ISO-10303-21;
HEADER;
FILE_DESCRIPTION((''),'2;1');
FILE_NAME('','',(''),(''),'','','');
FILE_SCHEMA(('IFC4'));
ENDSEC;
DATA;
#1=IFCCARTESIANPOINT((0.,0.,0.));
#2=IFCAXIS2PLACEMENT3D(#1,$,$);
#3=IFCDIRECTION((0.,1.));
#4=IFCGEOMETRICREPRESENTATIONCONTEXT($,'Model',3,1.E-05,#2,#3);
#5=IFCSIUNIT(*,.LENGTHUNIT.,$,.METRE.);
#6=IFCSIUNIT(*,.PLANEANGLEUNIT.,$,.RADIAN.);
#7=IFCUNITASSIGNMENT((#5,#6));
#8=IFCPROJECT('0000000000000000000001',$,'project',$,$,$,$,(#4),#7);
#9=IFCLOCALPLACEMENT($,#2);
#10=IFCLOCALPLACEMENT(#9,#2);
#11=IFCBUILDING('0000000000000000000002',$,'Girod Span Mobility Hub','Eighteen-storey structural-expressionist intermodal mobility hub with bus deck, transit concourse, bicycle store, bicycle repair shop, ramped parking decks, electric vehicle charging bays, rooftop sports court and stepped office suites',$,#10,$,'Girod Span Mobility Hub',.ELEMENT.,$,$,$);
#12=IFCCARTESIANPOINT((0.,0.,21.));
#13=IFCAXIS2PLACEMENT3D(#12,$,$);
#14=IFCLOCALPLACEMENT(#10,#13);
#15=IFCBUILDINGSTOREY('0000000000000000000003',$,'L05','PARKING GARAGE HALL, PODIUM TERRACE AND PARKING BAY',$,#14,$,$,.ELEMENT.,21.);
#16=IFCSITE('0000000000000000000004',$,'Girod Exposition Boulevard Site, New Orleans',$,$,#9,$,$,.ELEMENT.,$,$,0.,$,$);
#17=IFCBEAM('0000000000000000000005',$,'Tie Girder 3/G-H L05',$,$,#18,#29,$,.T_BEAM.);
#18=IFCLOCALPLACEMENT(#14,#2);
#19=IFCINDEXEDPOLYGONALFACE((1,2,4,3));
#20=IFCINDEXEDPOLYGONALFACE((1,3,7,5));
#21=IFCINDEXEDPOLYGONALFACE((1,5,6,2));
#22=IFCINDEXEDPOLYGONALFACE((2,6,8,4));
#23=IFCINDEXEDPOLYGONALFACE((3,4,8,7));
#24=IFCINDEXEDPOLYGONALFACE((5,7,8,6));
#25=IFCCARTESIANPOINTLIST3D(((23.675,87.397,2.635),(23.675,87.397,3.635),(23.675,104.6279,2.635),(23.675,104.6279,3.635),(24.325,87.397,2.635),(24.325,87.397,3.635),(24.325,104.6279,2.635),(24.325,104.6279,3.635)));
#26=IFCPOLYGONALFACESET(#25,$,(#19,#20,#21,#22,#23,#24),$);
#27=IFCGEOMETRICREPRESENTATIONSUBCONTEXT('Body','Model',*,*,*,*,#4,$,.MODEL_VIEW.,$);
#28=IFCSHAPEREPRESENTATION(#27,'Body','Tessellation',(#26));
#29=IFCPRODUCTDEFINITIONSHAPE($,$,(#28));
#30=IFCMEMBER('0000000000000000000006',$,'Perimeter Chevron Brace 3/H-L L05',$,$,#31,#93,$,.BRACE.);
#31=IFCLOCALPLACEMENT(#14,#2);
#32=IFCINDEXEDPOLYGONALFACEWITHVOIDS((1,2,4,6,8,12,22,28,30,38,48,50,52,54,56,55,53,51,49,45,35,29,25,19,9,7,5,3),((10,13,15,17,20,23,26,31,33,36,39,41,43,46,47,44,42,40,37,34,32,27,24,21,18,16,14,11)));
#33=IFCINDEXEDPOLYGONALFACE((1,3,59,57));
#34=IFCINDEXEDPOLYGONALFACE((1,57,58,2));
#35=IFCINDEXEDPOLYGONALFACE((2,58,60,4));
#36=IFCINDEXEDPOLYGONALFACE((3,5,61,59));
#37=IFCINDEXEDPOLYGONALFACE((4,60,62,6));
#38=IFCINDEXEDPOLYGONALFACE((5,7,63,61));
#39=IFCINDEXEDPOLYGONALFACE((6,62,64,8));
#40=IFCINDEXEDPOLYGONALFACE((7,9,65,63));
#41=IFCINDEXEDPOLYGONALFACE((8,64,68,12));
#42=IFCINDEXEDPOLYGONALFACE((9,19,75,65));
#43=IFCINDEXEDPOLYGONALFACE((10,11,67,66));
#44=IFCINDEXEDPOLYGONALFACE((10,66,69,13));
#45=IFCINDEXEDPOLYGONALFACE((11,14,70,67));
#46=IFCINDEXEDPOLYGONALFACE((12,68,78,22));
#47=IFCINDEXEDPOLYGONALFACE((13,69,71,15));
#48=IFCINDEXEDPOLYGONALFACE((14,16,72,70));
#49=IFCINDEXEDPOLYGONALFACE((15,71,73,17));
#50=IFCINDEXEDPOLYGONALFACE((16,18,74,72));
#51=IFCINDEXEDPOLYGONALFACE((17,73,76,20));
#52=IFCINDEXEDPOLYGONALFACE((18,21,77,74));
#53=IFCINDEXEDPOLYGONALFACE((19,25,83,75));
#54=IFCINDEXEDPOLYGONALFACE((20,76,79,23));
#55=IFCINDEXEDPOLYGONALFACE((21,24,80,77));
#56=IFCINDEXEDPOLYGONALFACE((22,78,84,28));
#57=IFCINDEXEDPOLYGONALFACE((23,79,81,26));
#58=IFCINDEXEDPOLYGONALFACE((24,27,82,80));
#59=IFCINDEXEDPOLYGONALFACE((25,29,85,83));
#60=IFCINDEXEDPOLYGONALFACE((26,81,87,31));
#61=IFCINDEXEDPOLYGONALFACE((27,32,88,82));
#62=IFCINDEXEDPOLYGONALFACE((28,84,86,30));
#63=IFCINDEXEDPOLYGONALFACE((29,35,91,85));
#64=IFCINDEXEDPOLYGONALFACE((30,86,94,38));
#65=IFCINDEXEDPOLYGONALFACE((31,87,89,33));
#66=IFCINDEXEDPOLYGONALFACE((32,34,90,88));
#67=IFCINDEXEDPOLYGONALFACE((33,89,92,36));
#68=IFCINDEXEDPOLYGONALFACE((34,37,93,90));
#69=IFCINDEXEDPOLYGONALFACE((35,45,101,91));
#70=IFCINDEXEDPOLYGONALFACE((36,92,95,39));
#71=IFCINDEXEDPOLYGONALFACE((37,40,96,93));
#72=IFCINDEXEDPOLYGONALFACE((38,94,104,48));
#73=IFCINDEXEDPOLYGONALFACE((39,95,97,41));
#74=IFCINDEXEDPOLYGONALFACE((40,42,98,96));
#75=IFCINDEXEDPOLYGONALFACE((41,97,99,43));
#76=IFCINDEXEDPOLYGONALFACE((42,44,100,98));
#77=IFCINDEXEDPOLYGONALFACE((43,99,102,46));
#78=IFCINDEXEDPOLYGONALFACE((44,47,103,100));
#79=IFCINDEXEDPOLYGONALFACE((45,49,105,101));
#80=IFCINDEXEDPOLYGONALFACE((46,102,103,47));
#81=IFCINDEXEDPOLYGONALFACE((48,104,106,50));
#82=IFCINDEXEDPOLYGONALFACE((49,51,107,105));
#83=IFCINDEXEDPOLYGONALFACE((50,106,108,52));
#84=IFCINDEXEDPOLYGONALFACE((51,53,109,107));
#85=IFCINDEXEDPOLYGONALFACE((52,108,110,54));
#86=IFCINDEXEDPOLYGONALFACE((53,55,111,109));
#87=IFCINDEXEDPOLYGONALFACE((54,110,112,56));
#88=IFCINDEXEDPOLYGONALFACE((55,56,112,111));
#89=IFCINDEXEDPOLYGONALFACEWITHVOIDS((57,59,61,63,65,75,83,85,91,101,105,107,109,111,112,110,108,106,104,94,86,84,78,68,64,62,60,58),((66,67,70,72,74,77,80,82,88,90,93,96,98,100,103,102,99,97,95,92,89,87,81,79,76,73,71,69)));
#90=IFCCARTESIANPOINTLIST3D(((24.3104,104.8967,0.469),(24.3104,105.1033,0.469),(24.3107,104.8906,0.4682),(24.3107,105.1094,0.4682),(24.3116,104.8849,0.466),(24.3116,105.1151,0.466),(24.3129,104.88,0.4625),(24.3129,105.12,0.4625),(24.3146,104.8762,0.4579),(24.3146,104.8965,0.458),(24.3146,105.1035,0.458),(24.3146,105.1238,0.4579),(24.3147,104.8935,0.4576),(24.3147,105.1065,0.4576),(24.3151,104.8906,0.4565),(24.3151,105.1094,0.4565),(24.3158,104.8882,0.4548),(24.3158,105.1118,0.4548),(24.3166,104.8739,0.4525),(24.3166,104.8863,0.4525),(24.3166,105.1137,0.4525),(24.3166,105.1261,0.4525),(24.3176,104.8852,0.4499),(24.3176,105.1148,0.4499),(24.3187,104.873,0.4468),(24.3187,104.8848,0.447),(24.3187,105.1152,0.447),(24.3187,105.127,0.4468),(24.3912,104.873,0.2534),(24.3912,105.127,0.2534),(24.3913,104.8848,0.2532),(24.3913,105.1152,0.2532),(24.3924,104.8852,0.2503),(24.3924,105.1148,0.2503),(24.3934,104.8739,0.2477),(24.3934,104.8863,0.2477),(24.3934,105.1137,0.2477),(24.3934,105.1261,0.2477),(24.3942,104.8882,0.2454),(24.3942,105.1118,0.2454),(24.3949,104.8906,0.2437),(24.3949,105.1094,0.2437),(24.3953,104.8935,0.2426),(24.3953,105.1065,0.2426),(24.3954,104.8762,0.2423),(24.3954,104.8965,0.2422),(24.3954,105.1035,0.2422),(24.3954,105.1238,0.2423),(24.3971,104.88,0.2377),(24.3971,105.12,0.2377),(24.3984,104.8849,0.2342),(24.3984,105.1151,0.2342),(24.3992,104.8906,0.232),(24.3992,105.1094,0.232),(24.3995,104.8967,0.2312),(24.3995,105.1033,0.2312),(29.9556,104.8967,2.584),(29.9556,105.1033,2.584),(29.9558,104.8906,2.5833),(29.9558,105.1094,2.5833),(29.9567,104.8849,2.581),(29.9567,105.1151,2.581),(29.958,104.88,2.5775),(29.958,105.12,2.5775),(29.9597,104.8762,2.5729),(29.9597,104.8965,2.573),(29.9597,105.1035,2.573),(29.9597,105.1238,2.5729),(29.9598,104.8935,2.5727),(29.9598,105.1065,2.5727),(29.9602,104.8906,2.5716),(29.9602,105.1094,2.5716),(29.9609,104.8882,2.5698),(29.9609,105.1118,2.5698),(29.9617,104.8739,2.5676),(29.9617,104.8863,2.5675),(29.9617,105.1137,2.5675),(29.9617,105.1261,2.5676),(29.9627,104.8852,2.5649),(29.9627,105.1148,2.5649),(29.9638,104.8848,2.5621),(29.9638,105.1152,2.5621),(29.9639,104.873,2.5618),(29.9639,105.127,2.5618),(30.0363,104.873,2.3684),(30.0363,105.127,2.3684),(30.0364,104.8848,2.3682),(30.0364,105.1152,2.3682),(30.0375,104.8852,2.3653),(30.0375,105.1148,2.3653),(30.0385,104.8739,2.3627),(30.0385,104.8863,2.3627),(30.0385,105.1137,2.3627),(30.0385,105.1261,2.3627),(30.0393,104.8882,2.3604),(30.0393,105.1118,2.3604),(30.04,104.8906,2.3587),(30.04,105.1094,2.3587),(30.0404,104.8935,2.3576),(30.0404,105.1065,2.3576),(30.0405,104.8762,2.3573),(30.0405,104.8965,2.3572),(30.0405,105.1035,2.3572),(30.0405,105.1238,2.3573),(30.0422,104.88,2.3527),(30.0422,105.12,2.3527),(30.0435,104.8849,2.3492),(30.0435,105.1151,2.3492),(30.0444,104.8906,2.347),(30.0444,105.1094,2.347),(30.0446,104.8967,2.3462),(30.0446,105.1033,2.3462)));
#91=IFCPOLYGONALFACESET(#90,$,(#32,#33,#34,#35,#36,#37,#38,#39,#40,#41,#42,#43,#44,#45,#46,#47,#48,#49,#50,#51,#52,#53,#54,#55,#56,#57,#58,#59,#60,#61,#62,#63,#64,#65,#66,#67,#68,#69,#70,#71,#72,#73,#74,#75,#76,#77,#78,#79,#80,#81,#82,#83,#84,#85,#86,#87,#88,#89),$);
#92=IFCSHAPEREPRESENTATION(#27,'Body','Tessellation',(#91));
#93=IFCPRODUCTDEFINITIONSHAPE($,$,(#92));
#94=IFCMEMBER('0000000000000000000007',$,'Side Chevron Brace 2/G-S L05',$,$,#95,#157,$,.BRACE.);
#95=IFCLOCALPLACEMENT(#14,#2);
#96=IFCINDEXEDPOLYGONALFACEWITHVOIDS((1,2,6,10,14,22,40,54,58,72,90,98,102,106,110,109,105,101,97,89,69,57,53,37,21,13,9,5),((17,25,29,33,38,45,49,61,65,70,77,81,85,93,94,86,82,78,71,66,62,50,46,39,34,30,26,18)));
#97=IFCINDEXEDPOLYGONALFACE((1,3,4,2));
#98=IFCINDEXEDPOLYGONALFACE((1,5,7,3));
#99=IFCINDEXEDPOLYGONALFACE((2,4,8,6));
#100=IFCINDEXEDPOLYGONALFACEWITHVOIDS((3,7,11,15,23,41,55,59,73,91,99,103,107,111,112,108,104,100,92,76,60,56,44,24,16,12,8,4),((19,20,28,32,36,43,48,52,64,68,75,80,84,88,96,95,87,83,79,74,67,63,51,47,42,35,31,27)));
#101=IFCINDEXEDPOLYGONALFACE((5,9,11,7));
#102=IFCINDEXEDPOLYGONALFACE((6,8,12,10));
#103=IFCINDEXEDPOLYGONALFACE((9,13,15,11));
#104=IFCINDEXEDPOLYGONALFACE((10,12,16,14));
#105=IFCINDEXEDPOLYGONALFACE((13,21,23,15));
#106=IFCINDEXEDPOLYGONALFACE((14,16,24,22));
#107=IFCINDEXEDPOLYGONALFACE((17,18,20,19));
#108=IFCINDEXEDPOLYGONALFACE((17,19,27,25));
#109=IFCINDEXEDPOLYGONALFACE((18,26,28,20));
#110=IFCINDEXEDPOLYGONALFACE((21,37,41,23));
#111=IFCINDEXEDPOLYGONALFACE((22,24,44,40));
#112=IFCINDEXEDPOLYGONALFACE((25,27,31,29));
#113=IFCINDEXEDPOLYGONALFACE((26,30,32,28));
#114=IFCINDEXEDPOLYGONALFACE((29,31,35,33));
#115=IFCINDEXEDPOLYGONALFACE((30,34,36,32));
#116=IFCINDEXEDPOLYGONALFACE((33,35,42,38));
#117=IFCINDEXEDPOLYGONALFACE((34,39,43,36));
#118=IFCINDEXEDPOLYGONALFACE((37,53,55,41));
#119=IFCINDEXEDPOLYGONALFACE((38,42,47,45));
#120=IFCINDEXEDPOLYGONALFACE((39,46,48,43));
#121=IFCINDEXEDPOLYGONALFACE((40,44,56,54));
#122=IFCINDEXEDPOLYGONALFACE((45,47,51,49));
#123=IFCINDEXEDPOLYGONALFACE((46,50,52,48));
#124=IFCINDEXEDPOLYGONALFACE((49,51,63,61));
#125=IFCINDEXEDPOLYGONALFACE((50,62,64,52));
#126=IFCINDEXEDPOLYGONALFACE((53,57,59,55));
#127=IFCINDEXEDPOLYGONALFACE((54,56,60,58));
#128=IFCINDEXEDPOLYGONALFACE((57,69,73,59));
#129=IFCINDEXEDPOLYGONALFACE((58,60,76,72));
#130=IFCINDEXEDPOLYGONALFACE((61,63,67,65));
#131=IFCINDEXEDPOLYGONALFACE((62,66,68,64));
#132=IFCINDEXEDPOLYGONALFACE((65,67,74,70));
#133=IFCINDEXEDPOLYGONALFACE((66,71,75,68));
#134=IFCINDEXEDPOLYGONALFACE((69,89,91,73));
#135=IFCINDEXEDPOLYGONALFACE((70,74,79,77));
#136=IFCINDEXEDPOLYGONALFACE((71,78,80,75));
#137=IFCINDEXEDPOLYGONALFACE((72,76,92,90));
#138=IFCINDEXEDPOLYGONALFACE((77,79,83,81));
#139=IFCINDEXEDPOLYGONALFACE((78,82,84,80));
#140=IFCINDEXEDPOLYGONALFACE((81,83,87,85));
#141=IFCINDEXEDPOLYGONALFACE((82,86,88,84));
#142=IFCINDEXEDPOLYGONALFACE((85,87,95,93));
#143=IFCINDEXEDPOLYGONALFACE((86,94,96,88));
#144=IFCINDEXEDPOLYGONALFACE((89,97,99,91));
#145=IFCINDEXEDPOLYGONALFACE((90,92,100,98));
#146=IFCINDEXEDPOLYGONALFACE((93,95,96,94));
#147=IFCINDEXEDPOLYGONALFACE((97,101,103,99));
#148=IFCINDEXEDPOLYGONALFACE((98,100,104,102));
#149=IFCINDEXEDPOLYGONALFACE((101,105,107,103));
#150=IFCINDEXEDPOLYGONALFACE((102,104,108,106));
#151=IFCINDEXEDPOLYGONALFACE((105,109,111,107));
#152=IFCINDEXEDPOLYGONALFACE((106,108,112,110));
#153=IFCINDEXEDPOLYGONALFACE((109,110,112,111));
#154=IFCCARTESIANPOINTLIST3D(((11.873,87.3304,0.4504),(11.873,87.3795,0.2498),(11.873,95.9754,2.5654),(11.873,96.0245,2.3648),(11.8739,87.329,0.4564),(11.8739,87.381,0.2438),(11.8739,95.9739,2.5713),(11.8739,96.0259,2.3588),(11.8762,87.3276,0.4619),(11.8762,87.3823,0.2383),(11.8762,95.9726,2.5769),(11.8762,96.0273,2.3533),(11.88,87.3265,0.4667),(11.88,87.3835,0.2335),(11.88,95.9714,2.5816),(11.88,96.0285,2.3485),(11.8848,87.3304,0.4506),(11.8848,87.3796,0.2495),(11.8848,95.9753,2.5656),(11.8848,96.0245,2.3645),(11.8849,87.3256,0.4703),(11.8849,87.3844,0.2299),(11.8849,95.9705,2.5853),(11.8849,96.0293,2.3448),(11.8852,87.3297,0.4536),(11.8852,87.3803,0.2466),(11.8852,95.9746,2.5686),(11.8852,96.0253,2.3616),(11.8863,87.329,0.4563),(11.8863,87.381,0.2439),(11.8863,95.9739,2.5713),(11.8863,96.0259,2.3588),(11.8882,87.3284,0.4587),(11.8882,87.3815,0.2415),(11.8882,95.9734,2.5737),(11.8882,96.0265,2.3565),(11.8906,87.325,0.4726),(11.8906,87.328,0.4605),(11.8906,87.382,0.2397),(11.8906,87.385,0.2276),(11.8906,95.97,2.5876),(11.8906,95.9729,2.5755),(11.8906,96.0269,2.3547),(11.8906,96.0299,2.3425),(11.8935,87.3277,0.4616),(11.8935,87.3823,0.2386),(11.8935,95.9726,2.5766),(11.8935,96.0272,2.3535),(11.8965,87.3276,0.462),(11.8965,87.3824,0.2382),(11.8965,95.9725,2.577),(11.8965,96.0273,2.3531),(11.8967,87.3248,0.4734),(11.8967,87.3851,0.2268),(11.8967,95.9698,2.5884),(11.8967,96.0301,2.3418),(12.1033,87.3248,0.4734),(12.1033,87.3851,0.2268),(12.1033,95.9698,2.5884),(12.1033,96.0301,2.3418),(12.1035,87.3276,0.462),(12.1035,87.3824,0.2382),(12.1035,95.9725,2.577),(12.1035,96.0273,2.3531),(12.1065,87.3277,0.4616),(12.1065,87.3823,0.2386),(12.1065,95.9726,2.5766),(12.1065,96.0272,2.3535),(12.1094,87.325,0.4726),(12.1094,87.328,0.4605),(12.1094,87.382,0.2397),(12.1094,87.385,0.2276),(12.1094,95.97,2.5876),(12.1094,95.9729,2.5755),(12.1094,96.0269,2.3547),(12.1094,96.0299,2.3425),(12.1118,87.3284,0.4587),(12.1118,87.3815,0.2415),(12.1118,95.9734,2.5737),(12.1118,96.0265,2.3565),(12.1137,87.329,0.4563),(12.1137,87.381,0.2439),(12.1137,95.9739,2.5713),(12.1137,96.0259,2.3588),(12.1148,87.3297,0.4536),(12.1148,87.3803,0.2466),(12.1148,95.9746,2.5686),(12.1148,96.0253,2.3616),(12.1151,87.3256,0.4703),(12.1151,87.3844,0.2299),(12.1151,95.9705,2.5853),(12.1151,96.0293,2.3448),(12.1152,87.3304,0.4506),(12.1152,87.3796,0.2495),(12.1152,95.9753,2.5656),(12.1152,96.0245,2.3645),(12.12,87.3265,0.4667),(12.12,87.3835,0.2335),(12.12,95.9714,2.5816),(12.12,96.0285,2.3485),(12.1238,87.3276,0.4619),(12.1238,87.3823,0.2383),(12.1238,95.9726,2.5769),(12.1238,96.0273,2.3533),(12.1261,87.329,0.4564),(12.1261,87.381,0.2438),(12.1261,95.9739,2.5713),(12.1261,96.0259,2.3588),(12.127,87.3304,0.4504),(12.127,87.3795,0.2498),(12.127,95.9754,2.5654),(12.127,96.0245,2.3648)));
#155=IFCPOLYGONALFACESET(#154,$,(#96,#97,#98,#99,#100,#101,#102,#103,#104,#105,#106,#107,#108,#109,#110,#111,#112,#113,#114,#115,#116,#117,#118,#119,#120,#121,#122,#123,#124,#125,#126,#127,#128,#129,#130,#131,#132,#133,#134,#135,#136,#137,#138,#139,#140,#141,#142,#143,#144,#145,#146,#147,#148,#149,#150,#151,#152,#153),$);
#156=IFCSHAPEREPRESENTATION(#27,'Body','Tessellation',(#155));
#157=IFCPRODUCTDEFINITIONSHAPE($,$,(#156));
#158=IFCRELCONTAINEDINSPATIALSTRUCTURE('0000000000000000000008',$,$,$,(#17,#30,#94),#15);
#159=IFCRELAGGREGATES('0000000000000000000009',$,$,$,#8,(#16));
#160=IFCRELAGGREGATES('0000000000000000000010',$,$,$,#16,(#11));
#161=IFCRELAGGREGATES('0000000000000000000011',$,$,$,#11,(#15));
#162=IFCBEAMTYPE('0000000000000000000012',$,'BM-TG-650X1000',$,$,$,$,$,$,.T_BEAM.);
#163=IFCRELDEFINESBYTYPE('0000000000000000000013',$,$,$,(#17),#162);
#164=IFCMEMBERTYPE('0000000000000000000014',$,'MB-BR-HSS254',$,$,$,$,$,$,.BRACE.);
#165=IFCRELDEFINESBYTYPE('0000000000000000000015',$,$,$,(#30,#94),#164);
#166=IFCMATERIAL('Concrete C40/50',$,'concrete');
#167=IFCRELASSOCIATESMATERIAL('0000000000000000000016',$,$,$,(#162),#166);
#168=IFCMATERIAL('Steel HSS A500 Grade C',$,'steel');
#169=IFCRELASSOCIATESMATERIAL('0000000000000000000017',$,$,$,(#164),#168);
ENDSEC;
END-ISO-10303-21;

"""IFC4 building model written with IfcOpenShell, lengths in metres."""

from ifc_helpers import new_model, si_unit, direction, frame, origin, origin_2d, place, context, subcontext, project, spatial, rectangle, hollow_rectangle, extrude, material, material_profile, profile_set, type_object, element, save


model = new_model("IFC4")

# Units and contexts
model_context = context("Model", 3, precision=1e-05, world=origin(), true_north=direction((0.0, 1.0)))
body_context = subcontext(model_context, "Body", "Model", "MODEL_VIEW")
ifc_project = project(units=[si_unit("LENGTHUNIT", "METRE"), si_unit("PLANEANGLEUNIT", "RADIAN")], contexts=[model_context])

# Site, building, storey
site_placement = place(None, origin())
site = spatial("IfcSite", under=ifc_project, at=site_placement, Name="Girod Exposition Boulevard Site, New Orleans", CompositionType="ELEMENT", RefElevation=0.0)
building_placement = place(site_placement, origin())
building = spatial("IfcBuilding", under=site, at=building_placement, Name="Girod Span Mobility Hub", Description="Eighteen-storey structural-expressionist intermodal mobility hub with bus deck, transit concourse, bicycle store, bicycle repair shop, ramped parking decks, electric vehicle charging bays, rooftop sports court and stepped office suites", LongName="Girod Span Mobility Hub", CompositionType="ELEMENT")
storey_placement = place(building_placement, frame((0.0, 0.0, 21.0)))
storey = spatial("IfcBuildingStorey", under=building, at=storey_placement, Name="L05", Description="PARKING GARAGE HALL, PODIUM TERRACE AND PARKING BAY", CompositionType="ELEMENT", Elevation=21.0)

# Beam
ifc_material_1 = material(Name="Concrete C40/50", Category="concrete")
ifc_material_profile_1 = material_profile(ifc_material_1, rectangle(XDim=0.6499, YDim=1.0, at=origin_2d()), Name="TG-650X1000")
ifc_profile_set_1 = profile_set([ifc_material_profile_1], Name="Concrete C40/50")
beam_type_1 = type_object("IfcBeamType", Name="BM-TG-650X1000", PredefinedType="T_BEAM", material=ifc_profile_set_1)
beam_1_placement = place(storey_placement, frame((24.0, 87.397, 3.135), z_axis=(0.0, 1.0, 0.0), x_axis=(-1.0, 0.0, 0.0)))
element("IfcBeam", 1, at=beam_1_placement, inside=storey, type_object=beam_type_1, Name="Tie Girder 3/G-H L05", PredefinedType="T_BEAM", context=body_context, shape_type="SweptSolid", body=[
    extrude(rectangle(XDim=0.6499, YDim=1.0, at=origin_2d()), origin(), (0.0, 0.0, 1.0), 17.231),
])

# Members
ifc_material_2 = material(Name="Steel HSS A500 Grade C", Category="steel")
ifc_material_profile_2 = material_profile(ifc_material_2, hollow_rectangle(XDim=0.2539, YDim=0.2539, WallThickness=0.0117, InnerFilletRadius=0.0117, OuterFilletRadius=0.0237, at=origin_2d()), Name="HSS254X254X12.7")
ifc_profile_set_2 = profile_set([ifc_material_profile_2], Name="Steel HSS A500 Grade C")
member_type = type_object("IfcMemberType", Name="MB-BR-HSS254", PredefinedType="BRACE", material=ifc_profile_set_2)
member_placement = place(storey_placement, frame((24.355, 105.0, 0.3501), z_axis=(0.936432, 0.0, 0.350848), x_axis=(0.0, 1.0, 0.0)))
element("IfcMember", 2, at=member_placement, inside=storey, type_object=member_type, Name="Perimeter Chevron Brace 3/H-L L05", PredefinedType="BRACE", context=body_context, shape_type="SweptSolid", body=[
    extrude(hollow_rectangle(XDim=0.2539, YDim=0.2539, WallThickness=0.0117, InnerFilletRadius=0.0117, OuterFilletRadius=0.0237, at=origin_2d()), origin(), (0.0, 0.0, 1.0), 6.0283),
])
for number, where, z_axis, x_axis, name in (
    (3, (12.0, 87.355, 0.3501), (0.0, 0.971353, 0.23764), (-1.0, 0.0, 0.0), "Side Chevron Brace 2/G-S L05"),
):
    element("IfcMember", number, at=place(storey_placement, frame(where, z_axis=z_axis, x_axis=x_axis)), inside=storey, type_object=member_type, Name=name, PredefinedType="BRACE", context=body_context, shape_type="SweptSolid", body=[
        extrude(hollow_rectangle(XDim=0.2539, YDim=0.2539, WallThickness=0.0117, InnerFilletRadius=0.0117, OuterFilletRadius=0.0237, at=origin_2d()), origin(), (0.0, 0.0, 1.0), 8.8999),
    ])

save(model, "model.ifc")
